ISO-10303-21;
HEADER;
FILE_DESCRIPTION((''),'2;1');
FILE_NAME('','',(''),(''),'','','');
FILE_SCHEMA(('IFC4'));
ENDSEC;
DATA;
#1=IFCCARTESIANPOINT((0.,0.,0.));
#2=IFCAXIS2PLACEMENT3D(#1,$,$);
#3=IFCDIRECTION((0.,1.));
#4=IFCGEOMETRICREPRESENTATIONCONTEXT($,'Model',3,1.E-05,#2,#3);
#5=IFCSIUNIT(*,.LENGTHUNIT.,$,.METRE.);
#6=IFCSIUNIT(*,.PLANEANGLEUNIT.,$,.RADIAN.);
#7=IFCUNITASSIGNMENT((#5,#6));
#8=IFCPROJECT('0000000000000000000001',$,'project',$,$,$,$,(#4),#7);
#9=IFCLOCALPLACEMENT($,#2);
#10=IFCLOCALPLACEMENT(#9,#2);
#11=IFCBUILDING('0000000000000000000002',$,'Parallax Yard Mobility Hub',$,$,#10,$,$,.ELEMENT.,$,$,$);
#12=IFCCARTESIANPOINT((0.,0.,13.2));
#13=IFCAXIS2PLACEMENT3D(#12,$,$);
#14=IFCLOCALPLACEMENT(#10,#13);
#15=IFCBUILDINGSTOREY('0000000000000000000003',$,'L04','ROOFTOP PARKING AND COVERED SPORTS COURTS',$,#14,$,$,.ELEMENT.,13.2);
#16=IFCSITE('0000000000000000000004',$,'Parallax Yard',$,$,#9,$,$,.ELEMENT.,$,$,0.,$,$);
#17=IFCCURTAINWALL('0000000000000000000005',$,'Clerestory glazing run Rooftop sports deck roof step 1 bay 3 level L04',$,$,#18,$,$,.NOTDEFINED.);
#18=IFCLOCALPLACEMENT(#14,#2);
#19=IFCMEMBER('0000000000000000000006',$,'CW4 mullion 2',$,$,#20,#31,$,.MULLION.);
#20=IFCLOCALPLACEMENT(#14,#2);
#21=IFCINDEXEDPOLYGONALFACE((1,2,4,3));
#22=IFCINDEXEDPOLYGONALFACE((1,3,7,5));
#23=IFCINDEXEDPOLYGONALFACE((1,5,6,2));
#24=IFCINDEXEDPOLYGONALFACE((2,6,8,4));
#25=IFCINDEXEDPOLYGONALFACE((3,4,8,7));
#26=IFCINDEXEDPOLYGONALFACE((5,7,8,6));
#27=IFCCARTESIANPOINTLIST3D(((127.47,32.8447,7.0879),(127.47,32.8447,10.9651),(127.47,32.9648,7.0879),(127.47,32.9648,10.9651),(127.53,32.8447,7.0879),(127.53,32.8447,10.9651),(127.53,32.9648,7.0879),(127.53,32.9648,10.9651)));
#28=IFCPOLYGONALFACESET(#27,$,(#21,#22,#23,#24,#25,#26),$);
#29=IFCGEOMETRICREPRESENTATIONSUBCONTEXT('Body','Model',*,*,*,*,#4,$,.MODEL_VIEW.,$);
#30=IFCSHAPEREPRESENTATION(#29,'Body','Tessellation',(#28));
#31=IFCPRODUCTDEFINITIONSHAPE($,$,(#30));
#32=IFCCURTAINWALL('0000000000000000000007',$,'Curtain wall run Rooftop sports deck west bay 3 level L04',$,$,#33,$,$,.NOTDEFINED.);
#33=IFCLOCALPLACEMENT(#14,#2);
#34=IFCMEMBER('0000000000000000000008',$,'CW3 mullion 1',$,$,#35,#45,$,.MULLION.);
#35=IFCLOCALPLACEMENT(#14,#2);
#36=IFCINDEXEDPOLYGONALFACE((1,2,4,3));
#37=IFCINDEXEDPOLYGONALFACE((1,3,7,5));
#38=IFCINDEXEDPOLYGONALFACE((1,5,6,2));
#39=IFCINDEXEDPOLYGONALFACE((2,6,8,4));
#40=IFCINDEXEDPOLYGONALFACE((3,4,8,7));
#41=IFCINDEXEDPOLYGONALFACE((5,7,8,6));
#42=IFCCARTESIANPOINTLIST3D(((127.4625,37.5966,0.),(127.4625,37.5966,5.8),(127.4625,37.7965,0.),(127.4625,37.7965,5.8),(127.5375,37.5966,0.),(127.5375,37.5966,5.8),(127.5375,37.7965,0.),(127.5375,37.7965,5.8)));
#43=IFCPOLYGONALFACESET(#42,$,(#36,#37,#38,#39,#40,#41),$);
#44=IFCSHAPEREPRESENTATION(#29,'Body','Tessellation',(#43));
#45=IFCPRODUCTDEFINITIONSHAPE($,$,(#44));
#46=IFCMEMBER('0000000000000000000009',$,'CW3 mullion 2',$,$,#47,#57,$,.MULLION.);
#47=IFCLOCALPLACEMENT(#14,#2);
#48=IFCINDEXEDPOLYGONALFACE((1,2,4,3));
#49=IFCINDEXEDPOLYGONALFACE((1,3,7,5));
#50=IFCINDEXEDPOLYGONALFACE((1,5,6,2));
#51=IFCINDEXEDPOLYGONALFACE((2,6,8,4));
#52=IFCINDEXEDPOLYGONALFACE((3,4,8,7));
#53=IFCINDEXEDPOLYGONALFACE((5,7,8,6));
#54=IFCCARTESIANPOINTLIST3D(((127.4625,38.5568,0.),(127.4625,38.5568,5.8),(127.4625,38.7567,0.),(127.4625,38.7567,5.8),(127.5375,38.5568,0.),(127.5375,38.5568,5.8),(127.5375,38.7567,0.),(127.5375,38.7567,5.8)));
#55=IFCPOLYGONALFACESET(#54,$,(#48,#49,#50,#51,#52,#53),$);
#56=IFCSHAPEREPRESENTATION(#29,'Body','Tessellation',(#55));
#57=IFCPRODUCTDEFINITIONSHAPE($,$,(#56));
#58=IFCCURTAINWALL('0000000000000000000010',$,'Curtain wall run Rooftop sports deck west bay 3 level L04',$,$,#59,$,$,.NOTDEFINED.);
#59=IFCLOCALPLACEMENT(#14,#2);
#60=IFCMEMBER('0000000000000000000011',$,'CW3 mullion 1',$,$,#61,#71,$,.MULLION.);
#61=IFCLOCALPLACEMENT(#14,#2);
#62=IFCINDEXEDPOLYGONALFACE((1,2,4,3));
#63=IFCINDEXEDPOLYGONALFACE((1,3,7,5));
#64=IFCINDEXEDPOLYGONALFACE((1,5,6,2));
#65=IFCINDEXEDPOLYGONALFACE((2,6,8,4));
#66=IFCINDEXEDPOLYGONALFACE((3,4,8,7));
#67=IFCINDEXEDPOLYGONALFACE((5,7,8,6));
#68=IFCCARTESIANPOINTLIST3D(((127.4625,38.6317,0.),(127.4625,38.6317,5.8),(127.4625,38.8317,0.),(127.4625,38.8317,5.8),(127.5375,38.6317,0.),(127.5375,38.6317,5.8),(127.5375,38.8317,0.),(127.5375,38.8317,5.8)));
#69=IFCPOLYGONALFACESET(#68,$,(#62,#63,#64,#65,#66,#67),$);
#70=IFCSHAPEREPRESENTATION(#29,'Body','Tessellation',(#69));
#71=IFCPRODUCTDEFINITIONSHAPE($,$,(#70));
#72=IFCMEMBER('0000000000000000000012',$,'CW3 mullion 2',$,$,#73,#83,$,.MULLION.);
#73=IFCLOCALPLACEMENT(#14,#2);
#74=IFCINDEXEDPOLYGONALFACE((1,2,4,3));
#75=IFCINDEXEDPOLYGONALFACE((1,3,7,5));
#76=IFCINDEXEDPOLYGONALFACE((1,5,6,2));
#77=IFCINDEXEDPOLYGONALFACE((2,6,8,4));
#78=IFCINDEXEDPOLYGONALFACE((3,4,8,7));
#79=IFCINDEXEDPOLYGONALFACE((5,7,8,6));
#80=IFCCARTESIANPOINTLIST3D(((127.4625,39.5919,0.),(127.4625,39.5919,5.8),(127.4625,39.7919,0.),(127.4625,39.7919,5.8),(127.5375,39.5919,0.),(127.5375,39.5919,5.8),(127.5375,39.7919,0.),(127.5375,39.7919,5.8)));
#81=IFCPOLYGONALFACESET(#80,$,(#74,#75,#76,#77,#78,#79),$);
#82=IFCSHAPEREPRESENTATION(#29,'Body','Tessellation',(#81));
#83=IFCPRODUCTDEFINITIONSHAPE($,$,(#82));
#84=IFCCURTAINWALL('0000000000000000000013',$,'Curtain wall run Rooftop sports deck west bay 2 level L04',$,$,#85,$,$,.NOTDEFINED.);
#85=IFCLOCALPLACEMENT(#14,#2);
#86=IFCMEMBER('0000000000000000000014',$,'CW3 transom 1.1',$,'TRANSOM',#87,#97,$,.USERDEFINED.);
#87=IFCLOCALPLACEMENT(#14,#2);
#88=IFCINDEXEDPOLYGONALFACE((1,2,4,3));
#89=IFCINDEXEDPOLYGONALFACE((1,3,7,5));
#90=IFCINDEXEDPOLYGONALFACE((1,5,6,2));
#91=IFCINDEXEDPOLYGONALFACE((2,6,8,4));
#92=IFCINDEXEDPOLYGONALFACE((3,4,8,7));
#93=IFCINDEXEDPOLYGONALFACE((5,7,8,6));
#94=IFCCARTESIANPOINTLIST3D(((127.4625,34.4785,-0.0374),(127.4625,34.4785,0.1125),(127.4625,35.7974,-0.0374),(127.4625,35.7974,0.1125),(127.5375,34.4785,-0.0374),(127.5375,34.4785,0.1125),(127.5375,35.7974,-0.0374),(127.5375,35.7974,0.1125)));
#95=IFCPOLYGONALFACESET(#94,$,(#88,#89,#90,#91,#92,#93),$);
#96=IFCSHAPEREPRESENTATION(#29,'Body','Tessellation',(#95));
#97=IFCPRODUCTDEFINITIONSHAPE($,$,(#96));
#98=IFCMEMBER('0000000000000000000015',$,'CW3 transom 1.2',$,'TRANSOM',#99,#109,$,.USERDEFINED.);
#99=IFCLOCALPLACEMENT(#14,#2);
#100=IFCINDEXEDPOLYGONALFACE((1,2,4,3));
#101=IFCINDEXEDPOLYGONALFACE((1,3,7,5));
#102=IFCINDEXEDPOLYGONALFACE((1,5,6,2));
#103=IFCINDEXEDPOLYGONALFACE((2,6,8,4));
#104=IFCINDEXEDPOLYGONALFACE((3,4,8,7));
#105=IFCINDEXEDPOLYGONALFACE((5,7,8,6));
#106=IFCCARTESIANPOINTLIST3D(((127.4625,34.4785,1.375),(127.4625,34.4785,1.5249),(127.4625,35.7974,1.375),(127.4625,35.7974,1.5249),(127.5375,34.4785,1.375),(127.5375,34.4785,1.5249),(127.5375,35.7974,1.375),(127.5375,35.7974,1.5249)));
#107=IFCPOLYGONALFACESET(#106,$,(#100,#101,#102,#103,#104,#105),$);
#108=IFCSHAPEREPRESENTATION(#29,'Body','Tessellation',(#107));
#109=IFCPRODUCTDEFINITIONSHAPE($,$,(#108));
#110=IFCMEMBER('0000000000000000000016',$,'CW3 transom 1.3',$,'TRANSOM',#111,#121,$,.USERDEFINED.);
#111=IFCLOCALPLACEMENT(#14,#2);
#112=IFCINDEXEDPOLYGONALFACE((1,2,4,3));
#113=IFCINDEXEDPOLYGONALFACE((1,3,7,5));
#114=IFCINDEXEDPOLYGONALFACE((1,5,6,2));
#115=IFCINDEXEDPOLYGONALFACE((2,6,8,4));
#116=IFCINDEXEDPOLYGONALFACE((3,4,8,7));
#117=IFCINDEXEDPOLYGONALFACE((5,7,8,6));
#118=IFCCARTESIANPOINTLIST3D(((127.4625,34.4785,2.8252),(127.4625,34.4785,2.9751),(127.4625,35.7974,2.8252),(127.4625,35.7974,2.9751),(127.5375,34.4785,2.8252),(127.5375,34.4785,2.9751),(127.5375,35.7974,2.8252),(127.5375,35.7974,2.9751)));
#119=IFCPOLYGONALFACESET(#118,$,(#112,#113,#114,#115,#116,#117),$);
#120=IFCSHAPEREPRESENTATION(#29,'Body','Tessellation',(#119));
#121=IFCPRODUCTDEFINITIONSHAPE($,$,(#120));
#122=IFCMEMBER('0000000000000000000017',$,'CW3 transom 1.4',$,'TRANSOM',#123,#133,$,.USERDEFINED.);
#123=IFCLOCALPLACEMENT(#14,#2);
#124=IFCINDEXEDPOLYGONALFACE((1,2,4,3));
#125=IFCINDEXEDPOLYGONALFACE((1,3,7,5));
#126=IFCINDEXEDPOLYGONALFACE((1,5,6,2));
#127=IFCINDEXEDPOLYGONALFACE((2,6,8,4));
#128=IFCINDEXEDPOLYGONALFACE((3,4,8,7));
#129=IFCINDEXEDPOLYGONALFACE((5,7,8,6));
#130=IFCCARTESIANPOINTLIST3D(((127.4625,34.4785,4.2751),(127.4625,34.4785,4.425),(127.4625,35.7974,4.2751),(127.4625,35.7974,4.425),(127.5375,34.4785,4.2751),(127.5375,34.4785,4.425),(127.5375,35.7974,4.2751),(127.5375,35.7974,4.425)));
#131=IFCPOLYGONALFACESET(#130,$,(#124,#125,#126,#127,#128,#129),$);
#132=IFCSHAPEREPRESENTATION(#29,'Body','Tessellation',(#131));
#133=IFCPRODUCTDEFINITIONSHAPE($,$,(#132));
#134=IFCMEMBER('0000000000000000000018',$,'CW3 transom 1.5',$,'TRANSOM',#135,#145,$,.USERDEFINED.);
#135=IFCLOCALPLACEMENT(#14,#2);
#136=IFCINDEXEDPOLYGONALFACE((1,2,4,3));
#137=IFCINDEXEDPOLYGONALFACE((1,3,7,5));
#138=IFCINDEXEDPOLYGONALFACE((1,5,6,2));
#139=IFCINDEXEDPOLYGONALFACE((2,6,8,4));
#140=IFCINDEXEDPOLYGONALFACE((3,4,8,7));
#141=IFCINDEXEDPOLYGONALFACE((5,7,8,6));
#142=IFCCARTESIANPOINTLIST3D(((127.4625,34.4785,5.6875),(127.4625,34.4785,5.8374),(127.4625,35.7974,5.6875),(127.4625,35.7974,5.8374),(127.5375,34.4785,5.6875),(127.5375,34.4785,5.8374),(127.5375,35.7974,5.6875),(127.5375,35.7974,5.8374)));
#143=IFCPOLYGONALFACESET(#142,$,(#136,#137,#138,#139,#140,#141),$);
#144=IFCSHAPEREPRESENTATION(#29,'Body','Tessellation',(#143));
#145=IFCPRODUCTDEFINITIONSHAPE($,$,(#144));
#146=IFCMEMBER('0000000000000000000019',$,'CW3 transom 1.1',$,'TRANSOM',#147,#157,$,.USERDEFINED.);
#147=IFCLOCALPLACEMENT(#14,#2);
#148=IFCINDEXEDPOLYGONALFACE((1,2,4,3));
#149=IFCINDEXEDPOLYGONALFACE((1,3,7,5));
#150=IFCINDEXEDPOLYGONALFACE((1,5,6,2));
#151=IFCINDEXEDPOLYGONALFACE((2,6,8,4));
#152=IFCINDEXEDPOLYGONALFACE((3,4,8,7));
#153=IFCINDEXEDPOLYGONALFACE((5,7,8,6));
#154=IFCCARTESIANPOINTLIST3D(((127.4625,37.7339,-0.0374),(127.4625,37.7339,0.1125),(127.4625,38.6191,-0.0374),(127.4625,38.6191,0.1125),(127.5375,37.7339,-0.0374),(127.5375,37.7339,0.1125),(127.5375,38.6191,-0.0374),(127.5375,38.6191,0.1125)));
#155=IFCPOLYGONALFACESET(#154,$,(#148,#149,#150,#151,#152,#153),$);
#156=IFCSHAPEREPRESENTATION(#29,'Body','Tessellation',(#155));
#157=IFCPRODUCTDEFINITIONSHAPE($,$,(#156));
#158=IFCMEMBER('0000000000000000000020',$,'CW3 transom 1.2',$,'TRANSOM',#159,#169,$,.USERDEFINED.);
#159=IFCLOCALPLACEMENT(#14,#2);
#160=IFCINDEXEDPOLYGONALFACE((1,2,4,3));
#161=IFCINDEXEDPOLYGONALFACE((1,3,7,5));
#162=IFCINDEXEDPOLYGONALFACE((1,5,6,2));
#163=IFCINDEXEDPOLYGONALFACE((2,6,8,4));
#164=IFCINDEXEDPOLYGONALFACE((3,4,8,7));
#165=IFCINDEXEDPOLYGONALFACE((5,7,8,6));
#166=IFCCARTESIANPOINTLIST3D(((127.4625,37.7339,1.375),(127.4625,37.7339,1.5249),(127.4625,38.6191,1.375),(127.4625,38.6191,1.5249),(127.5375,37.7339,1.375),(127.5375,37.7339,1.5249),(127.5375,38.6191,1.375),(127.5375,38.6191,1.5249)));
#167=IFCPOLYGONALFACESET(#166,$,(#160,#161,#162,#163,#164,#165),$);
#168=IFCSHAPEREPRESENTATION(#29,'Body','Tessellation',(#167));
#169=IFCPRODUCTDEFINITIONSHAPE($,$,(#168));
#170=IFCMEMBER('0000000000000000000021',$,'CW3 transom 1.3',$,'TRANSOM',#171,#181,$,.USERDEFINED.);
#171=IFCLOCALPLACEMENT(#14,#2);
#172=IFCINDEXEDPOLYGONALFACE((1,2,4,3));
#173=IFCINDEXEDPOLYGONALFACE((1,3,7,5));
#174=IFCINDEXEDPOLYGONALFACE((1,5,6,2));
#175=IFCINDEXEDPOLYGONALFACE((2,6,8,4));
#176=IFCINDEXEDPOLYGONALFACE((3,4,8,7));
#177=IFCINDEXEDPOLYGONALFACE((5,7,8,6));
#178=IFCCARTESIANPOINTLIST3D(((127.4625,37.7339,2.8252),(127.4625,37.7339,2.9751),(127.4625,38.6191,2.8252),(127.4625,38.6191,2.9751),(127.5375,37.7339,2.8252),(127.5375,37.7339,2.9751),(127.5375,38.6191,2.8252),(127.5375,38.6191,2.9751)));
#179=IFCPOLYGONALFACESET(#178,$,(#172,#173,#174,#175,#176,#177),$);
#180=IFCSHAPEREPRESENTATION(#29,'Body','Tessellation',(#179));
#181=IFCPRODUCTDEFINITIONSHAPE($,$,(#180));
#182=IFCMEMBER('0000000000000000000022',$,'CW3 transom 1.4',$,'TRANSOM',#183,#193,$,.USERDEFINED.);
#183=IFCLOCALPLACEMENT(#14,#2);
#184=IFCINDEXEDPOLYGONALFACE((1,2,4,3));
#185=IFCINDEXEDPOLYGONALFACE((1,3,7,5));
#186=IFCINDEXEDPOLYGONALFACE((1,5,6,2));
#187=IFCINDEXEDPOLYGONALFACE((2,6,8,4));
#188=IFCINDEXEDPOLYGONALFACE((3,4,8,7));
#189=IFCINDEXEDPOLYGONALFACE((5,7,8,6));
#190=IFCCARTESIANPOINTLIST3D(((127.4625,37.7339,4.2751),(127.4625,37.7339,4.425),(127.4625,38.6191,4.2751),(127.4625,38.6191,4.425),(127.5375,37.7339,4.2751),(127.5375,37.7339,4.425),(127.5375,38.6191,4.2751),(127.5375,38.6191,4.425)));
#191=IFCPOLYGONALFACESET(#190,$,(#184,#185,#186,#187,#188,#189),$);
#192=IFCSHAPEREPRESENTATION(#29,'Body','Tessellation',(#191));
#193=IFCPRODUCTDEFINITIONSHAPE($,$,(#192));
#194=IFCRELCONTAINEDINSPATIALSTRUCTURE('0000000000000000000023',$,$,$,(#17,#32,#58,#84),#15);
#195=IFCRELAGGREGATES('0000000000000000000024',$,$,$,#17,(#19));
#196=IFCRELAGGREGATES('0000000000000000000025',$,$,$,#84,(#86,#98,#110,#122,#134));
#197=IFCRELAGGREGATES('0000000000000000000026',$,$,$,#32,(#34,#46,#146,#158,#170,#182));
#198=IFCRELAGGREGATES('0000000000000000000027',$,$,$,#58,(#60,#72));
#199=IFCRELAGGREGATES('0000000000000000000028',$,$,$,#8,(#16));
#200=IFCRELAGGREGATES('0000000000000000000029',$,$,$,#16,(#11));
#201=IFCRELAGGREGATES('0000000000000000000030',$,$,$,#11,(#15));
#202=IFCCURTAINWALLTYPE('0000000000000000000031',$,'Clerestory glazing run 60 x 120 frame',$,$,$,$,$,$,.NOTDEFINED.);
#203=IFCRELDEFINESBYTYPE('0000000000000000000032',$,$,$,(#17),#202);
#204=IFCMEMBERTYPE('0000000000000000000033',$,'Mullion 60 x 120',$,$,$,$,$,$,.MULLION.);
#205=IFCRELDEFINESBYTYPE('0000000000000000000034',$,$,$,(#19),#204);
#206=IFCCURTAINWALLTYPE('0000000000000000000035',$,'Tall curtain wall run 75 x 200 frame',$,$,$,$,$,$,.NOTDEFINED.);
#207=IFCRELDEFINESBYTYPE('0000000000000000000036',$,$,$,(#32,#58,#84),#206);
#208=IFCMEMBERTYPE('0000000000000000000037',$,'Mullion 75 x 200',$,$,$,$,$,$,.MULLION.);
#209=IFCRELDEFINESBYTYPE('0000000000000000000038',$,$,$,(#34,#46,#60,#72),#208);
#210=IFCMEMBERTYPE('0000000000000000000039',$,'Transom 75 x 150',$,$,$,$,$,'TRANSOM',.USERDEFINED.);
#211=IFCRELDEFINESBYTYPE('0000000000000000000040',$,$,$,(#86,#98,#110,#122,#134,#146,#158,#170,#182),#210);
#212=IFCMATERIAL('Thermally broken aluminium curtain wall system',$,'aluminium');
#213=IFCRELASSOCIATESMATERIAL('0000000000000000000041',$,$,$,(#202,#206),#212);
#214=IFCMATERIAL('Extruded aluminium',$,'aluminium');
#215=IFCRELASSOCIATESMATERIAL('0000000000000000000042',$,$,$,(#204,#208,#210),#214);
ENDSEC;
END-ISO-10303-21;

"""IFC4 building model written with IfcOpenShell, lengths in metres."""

from ifc_helpers import new_model, si_unit, direction, frame, origin, origin_2d, place, context, subcontext, project, spatial, rectangle, extrude, material, material_profile, profile_set, type_object, element, aggregate, save


model = new_model("IFC4")

# Units and contexts
model_context = context("Model", 3, precision=1e-05, world=origin(), true_north=direction((0.0, 1.0)))
body_context = subcontext(model_context, "Body", "Model", "MODEL_VIEW")
ifc_project = project(units=[si_unit("LENGTHUNIT", "METRE"), si_unit("PLANEANGLEUNIT", "RADIAN")], contexts=[model_context])

# Site, building, storey
site_placement = place(None, origin())
site = spatial("IfcSite", under=ifc_project, at=site_placement, Name="Parallax Yard", CompositionType="ELEMENT", RefElevation=0.0)
building_placement = place(site_placement, origin())
building = spatial("IfcBuilding", under=site, at=building_placement, Name="Parallax Yard Mobility Hub", CompositionType="ELEMENT")
storey_placement = place(building_placement, frame((0.0, 0.0, 13.2)))
storey = spatial("IfcBuildingStorey", under=building, at=storey_placement, Name="L04", Description="ROOFTOP PARKING AND COVERED SPORTS COURTS", CompositionType="ELEMENT", Elevation=13.2)

# Curtain wall, member
ifc_material_1 = material(Name="Thermally broken aluminium curtain wall system", Category="aluminium")
curtain_wall_type_1 = type_object("IfcCurtainWallType", Name="Clerestory glazing run 60 x 120 frame", PredefinedType="NOTDEFINED", material=ifc_material_1)
curtain_wall_1_placement = place(storey_placement, origin())
curtain_wall_1 = element("IfcCurtainWall", 1, at=curtain_wall_1_placement, inside=storey, type_object=curtain_wall_type_1, Name="Clerestory glazing run Rooftop sports deck roof step 1 bay 3 level L04", PredefinedType="NOTDEFINED")
ifc_material_2 = material(Name="Extruded aluminium", Category="aluminium")
ifc_material_profile_1 = material_profile(ifc_material_2, rectangle(XDim=0.0601, YDim=0.1201, at=origin_2d()), Name="Mullion 60 x 120")
ifc_profile_set_1 = profile_set([ifc_material_profile_1], Name="Extruded aluminium")
member_type_1 = type_object("IfcMemberType", Name="Mullion 60 x 120", PredefinedType="MULLION", material=ifc_profile_set_1)
member_1_placement = place(storey_placement, frame((127.5, 32.9048, 7.0879), z_axis=(0.0, 0.0, 1.0), x_axis=(-1.0, 0.0, 0.0)))
member_1 = element("IfcMember", 2, at=member_1_placement, type_object=member_type_1, Name="CW4 mullion 2", PredefinedType="MULLION", context=body_context, shape_type="SweptSolid", body=[
    extrude(rectangle(XDim=0.0601, YDim=0.1201, at=origin_2d()), origin(), (0.0, 0.0, 1.0), 3.8772),
])
aggregate(curtain_wall_1, [member_1])

# Curtain walls, members
curtain_wall_type_2 = type_object("IfcCurtainWallType", Name="Tall curtain wall run 75 x 200 frame", PredefinedType="NOTDEFINED", material=ifc_material_1)
curtain_wall_2_placement = place(storey_placement, origin())
curtain_wall_2 = element("IfcCurtainWall", 3, at=curtain_wall_2_placement, inside=storey, type_object=curtain_wall_type_2, Name="Curtain wall run Rooftop sports deck west bay 3 level L04", PredefinedType="NOTDEFINED")
ifc_material_profile_2 = material_profile(ifc_material_2, rectangle(XDim=0.075, YDim=0.2, at=origin_2d()), Name="Mullion 75 x 200")
ifc_profile_set_2 = profile_set([ifc_material_profile_2], Name="Extruded aluminium")
member_type_2 = type_object("IfcMemberType", Name="Mullion 75 x 200", PredefinedType="MULLION", material=ifc_profile_set_2)
member_2_placement = place(storey_placement, frame((127.5, 37.6965, 0.0), z_axis=(0.0, 0.0, 1.0), x_axis=(-1.0, 0.0, 0.0)))
member_2 = element("IfcMember", 4, at=member_2_placement, type_object=member_type_2, Name="CW3 mullion 1", PredefinedType="MULLION", context=body_context, shape_type="SweptSolid", body=[
    extrude(rectangle(XDim=0.075, YDim=0.2, at=origin_2d()), origin(), (0.0, 0.0, 1.0), 5.8),
])
member_3_placement = place(storey_placement, frame((127.5, 38.6567, 0.0), z_axis=(0.0, 0.0, 1.0), x_axis=(-1.0, 0.0, 0.0)))
member_3 = element("IfcMember", 5, at=member_3_placement, type_object=member_type_2, Name="CW3 mullion 2", PredefinedType="MULLION", context=body_context, shape_type="SweptSolid", body=[
    extrude(rectangle(XDim=0.075, YDim=0.2, at=origin_2d()), origin(), (0.0, 0.0, 1.0), 5.8),
])
curtain_wall_3_placement = place(storey_placement, origin())
curtain_wall_3 = element("IfcCurtainWall", 6, at=curtain_wall_3_placement, inside=storey, type_object=curtain_wall_type_2, Name="Curtain wall run Rooftop sports deck west bay 3 level L04", PredefinedType="NOTDEFINED")
member_4_placement = place(storey_placement, frame((127.5, 38.7317, 0.0), z_axis=(0.0, 0.0, 1.0), x_axis=(-1.0, 0.0, 0.0)))
member_4 = element("IfcMember", 7, at=member_4_placement, type_object=member_type_2, Name="CW3 mullion 1", PredefinedType="MULLION", context=body_context, shape_type="SweptSolid", body=[
    extrude(rectangle(XDim=0.075, YDim=0.2, at=origin_2d()), origin(), (0.0, 0.0, 1.0), 5.8),
])
member_5_placement = place(storey_placement, frame((127.5, 39.6919, 0.0), z_axis=(0.0, 0.0, 1.0), x_axis=(-1.0, 0.0, 0.0)))
member_5 = element("IfcMember", 8, at=member_5_placement, type_object=member_type_2, Name="CW3 mullion 2", PredefinedType="MULLION", context=body_context, shape_type="SweptSolid", body=[
    extrude(rectangle(XDim=0.075, YDim=0.2, at=origin_2d()), origin(), (0.0, 0.0, 1.0), 5.8),
])
curtain_wall_4_placement = place(storey_placement, origin())
curtain_wall_4 = element("IfcCurtainWall", 9, at=curtain_wall_4_placement, inside=storey, type_object=curtain_wall_type_2, Name="Curtain wall run Rooftop sports deck west bay 2 level L04", PredefinedType="NOTDEFINED")
ifc_material_profile_3 = material_profile(ifc_material_2, rectangle(XDim=0.075, YDim=0.1499, at=origin_2d()), Name="Transom 75 x 150")
ifc_profile_set_3 = profile_set([ifc_material_profile_3], Name="Extruded aluminium")
member_type_3 = type_object("IfcMemberType", Name="Transom 75 x 150", ElementType="TRANSOM", PredefinedType="USERDEFINED", material=ifc_profile_set_3)
member_6_placement = place(storey_placement, frame((127.5, 34.4785, 0.0376), z_axis=(0.0, 1.0, 0.0), x_axis=(-1.0, 0.0, 0.0)))
member_6 = element("IfcMember", 10, at=member_6_placement, type_object=member_type_3, Name="CW3 transom 1.1", ObjectType="TRANSOM", PredefinedType="USERDEFINED", context=body_context, shape_type="SweptSolid", body=[
    extrude(rectangle(XDim=0.075, YDim=0.1499, at=origin_2d()), origin(), (0.0, 0.0, 1.0), 1.3188),
])
member_7_placement = place(storey_placement, frame((127.5, 34.4785, 1.45), z_axis=(0.0, 1.0, 0.0), x_axis=(-1.0, 0.0, 0.0)))
member_7 = element("IfcMember", 11, at=member_7_placement, type_object=member_type_3, Name="CW3 transom 1.2", ObjectType="TRANSOM", PredefinedType="USERDEFINED", context=body_context, shape_type="SweptSolid", body=[
    extrude(rectangle(XDim=0.075, YDim=0.1499, at=origin_2d()), origin(), (0.0, 0.0, 1.0), 1.3188),
])
member_8_placement = place(storey_placement, frame((127.5, 34.4785, 2.9001), z_axis=(0.0, 1.0, 0.0), x_axis=(-1.0, 0.0, 0.0)))
member_8 = element("IfcMember", 12, at=member_8_placement, type_object=member_type_3, Name="CW3 transom 1.3", ObjectType="TRANSOM", PredefinedType="USERDEFINED", context=body_context, shape_type="SweptSolid", body=[
    extrude(rectangle(XDim=0.075, YDim=0.1499, at=origin_2d()), origin(), (0.0, 0.0, 1.0), 1.3188),
])
member_9_placement = place(storey_placement, frame((127.5, 34.4785, 4.3501), z_axis=(0.0, 1.0, 0.0), x_axis=(-1.0, 0.0, 0.0)))
member_9 = element("IfcMember", 13, at=member_9_placement, type_object=member_type_3, Name="CW3 transom 1.4", ObjectType="TRANSOM", PredefinedType="USERDEFINED", context=body_context, shape_type="SweptSolid", body=[
    extrude(rectangle(XDim=0.075, YDim=0.1499, at=origin_2d()), origin(), (0.0, 0.0, 1.0), 1.3188),
])
member_10_placement = place(storey_placement, frame((127.5, 34.4785, 5.7625), z_axis=(0.0, 1.0, 0.0), x_axis=(-1.0, 0.0, 0.0)))
member_10 = element("IfcMember", 14, at=member_10_placement, type_object=member_type_3, Name="CW3 transom 1.5", ObjectType="TRANSOM", PredefinedType="USERDEFINED", context=body_context, shape_type="SweptSolid", body=[
    extrude(rectangle(XDim=0.075, YDim=0.1499, at=origin_2d()), origin(), (0.0, 0.0, 1.0), 1.3188),
])

# Members
member_11_placement = place(storey_placement, frame((127.5, 37.7339, 0.0376), z_axis=(0.0, 1.0, 0.0), x_axis=(-1.0, 0.0, 0.0)))
member_11 = element("IfcMember", 15, at=member_11_placement, type_object=member_type_3, Name="CW3 transom 1.1", ObjectType="TRANSOM", PredefinedType="USERDEFINED", context=body_context, shape_type="SweptSolid", body=[
    extrude(rectangle(XDim=0.075, YDim=0.1499, at=origin_2d()), origin(), (0.0, 0.0, 1.0), 0.8853),
])
member_12_placement = place(storey_placement, frame((127.5, 37.7339, 1.45), z_axis=(0.0, 1.0, 0.0), x_axis=(-1.0, 0.0, 0.0)))
member_12 = element("IfcMember", 16, at=member_12_placement, type_object=member_type_3, Name="CW3 transom 1.2", ObjectType="TRANSOM", PredefinedType="USERDEFINED", context=body_context, shape_type="SweptSolid", body=[
    extrude(rectangle(XDim=0.075, YDim=0.1499, at=origin_2d()), origin(), (0.0, 0.0, 1.0), 0.8853),
])
member_13_placement = place(storey_placement, frame((127.5, 37.7339, 2.9001), z_axis=(0.0, 1.0, 0.0), x_axis=(-1.0, 0.0, 0.0)))
member_13 = element("IfcMember", 17, at=member_13_placement, type_object=member_type_3, Name="CW3 transom 1.3", ObjectType="TRANSOM", PredefinedType="USERDEFINED", context=body_context, shape_type="SweptSolid", body=[
    extrude(rectangle(XDim=0.075, YDim=0.1499, at=origin_2d()), origin(), (0.0, 0.0, 1.0), 0.8853),
])
member_14_placement = place(storey_placement, frame((127.5, 37.7339, 4.3501), z_axis=(0.0, 1.0, 0.0), x_axis=(-1.0, 0.0, 0.0)))
member_14 = element("IfcMember", 18, at=member_14_placement, type_object=member_type_3, Name="CW3 transom 1.4", ObjectType="TRANSOM", PredefinedType="USERDEFINED", context=body_context, shape_type="SweptSolid", body=[
    extrude(rectangle(XDim=0.075, YDim=0.1499, at=origin_2d()), origin(), (0.0, 0.0, 1.0), 0.8853),
])

aggregate(curtain_wall_4, [member_6, member_7, member_8, member_9, member_10])
aggregate(curtain_wall_2, [member_2, member_3, member_11, member_12, member_13, member_14])
aggregate(curtain_wall_3, [member_4, member_5])

save(model, "model.ifc")
